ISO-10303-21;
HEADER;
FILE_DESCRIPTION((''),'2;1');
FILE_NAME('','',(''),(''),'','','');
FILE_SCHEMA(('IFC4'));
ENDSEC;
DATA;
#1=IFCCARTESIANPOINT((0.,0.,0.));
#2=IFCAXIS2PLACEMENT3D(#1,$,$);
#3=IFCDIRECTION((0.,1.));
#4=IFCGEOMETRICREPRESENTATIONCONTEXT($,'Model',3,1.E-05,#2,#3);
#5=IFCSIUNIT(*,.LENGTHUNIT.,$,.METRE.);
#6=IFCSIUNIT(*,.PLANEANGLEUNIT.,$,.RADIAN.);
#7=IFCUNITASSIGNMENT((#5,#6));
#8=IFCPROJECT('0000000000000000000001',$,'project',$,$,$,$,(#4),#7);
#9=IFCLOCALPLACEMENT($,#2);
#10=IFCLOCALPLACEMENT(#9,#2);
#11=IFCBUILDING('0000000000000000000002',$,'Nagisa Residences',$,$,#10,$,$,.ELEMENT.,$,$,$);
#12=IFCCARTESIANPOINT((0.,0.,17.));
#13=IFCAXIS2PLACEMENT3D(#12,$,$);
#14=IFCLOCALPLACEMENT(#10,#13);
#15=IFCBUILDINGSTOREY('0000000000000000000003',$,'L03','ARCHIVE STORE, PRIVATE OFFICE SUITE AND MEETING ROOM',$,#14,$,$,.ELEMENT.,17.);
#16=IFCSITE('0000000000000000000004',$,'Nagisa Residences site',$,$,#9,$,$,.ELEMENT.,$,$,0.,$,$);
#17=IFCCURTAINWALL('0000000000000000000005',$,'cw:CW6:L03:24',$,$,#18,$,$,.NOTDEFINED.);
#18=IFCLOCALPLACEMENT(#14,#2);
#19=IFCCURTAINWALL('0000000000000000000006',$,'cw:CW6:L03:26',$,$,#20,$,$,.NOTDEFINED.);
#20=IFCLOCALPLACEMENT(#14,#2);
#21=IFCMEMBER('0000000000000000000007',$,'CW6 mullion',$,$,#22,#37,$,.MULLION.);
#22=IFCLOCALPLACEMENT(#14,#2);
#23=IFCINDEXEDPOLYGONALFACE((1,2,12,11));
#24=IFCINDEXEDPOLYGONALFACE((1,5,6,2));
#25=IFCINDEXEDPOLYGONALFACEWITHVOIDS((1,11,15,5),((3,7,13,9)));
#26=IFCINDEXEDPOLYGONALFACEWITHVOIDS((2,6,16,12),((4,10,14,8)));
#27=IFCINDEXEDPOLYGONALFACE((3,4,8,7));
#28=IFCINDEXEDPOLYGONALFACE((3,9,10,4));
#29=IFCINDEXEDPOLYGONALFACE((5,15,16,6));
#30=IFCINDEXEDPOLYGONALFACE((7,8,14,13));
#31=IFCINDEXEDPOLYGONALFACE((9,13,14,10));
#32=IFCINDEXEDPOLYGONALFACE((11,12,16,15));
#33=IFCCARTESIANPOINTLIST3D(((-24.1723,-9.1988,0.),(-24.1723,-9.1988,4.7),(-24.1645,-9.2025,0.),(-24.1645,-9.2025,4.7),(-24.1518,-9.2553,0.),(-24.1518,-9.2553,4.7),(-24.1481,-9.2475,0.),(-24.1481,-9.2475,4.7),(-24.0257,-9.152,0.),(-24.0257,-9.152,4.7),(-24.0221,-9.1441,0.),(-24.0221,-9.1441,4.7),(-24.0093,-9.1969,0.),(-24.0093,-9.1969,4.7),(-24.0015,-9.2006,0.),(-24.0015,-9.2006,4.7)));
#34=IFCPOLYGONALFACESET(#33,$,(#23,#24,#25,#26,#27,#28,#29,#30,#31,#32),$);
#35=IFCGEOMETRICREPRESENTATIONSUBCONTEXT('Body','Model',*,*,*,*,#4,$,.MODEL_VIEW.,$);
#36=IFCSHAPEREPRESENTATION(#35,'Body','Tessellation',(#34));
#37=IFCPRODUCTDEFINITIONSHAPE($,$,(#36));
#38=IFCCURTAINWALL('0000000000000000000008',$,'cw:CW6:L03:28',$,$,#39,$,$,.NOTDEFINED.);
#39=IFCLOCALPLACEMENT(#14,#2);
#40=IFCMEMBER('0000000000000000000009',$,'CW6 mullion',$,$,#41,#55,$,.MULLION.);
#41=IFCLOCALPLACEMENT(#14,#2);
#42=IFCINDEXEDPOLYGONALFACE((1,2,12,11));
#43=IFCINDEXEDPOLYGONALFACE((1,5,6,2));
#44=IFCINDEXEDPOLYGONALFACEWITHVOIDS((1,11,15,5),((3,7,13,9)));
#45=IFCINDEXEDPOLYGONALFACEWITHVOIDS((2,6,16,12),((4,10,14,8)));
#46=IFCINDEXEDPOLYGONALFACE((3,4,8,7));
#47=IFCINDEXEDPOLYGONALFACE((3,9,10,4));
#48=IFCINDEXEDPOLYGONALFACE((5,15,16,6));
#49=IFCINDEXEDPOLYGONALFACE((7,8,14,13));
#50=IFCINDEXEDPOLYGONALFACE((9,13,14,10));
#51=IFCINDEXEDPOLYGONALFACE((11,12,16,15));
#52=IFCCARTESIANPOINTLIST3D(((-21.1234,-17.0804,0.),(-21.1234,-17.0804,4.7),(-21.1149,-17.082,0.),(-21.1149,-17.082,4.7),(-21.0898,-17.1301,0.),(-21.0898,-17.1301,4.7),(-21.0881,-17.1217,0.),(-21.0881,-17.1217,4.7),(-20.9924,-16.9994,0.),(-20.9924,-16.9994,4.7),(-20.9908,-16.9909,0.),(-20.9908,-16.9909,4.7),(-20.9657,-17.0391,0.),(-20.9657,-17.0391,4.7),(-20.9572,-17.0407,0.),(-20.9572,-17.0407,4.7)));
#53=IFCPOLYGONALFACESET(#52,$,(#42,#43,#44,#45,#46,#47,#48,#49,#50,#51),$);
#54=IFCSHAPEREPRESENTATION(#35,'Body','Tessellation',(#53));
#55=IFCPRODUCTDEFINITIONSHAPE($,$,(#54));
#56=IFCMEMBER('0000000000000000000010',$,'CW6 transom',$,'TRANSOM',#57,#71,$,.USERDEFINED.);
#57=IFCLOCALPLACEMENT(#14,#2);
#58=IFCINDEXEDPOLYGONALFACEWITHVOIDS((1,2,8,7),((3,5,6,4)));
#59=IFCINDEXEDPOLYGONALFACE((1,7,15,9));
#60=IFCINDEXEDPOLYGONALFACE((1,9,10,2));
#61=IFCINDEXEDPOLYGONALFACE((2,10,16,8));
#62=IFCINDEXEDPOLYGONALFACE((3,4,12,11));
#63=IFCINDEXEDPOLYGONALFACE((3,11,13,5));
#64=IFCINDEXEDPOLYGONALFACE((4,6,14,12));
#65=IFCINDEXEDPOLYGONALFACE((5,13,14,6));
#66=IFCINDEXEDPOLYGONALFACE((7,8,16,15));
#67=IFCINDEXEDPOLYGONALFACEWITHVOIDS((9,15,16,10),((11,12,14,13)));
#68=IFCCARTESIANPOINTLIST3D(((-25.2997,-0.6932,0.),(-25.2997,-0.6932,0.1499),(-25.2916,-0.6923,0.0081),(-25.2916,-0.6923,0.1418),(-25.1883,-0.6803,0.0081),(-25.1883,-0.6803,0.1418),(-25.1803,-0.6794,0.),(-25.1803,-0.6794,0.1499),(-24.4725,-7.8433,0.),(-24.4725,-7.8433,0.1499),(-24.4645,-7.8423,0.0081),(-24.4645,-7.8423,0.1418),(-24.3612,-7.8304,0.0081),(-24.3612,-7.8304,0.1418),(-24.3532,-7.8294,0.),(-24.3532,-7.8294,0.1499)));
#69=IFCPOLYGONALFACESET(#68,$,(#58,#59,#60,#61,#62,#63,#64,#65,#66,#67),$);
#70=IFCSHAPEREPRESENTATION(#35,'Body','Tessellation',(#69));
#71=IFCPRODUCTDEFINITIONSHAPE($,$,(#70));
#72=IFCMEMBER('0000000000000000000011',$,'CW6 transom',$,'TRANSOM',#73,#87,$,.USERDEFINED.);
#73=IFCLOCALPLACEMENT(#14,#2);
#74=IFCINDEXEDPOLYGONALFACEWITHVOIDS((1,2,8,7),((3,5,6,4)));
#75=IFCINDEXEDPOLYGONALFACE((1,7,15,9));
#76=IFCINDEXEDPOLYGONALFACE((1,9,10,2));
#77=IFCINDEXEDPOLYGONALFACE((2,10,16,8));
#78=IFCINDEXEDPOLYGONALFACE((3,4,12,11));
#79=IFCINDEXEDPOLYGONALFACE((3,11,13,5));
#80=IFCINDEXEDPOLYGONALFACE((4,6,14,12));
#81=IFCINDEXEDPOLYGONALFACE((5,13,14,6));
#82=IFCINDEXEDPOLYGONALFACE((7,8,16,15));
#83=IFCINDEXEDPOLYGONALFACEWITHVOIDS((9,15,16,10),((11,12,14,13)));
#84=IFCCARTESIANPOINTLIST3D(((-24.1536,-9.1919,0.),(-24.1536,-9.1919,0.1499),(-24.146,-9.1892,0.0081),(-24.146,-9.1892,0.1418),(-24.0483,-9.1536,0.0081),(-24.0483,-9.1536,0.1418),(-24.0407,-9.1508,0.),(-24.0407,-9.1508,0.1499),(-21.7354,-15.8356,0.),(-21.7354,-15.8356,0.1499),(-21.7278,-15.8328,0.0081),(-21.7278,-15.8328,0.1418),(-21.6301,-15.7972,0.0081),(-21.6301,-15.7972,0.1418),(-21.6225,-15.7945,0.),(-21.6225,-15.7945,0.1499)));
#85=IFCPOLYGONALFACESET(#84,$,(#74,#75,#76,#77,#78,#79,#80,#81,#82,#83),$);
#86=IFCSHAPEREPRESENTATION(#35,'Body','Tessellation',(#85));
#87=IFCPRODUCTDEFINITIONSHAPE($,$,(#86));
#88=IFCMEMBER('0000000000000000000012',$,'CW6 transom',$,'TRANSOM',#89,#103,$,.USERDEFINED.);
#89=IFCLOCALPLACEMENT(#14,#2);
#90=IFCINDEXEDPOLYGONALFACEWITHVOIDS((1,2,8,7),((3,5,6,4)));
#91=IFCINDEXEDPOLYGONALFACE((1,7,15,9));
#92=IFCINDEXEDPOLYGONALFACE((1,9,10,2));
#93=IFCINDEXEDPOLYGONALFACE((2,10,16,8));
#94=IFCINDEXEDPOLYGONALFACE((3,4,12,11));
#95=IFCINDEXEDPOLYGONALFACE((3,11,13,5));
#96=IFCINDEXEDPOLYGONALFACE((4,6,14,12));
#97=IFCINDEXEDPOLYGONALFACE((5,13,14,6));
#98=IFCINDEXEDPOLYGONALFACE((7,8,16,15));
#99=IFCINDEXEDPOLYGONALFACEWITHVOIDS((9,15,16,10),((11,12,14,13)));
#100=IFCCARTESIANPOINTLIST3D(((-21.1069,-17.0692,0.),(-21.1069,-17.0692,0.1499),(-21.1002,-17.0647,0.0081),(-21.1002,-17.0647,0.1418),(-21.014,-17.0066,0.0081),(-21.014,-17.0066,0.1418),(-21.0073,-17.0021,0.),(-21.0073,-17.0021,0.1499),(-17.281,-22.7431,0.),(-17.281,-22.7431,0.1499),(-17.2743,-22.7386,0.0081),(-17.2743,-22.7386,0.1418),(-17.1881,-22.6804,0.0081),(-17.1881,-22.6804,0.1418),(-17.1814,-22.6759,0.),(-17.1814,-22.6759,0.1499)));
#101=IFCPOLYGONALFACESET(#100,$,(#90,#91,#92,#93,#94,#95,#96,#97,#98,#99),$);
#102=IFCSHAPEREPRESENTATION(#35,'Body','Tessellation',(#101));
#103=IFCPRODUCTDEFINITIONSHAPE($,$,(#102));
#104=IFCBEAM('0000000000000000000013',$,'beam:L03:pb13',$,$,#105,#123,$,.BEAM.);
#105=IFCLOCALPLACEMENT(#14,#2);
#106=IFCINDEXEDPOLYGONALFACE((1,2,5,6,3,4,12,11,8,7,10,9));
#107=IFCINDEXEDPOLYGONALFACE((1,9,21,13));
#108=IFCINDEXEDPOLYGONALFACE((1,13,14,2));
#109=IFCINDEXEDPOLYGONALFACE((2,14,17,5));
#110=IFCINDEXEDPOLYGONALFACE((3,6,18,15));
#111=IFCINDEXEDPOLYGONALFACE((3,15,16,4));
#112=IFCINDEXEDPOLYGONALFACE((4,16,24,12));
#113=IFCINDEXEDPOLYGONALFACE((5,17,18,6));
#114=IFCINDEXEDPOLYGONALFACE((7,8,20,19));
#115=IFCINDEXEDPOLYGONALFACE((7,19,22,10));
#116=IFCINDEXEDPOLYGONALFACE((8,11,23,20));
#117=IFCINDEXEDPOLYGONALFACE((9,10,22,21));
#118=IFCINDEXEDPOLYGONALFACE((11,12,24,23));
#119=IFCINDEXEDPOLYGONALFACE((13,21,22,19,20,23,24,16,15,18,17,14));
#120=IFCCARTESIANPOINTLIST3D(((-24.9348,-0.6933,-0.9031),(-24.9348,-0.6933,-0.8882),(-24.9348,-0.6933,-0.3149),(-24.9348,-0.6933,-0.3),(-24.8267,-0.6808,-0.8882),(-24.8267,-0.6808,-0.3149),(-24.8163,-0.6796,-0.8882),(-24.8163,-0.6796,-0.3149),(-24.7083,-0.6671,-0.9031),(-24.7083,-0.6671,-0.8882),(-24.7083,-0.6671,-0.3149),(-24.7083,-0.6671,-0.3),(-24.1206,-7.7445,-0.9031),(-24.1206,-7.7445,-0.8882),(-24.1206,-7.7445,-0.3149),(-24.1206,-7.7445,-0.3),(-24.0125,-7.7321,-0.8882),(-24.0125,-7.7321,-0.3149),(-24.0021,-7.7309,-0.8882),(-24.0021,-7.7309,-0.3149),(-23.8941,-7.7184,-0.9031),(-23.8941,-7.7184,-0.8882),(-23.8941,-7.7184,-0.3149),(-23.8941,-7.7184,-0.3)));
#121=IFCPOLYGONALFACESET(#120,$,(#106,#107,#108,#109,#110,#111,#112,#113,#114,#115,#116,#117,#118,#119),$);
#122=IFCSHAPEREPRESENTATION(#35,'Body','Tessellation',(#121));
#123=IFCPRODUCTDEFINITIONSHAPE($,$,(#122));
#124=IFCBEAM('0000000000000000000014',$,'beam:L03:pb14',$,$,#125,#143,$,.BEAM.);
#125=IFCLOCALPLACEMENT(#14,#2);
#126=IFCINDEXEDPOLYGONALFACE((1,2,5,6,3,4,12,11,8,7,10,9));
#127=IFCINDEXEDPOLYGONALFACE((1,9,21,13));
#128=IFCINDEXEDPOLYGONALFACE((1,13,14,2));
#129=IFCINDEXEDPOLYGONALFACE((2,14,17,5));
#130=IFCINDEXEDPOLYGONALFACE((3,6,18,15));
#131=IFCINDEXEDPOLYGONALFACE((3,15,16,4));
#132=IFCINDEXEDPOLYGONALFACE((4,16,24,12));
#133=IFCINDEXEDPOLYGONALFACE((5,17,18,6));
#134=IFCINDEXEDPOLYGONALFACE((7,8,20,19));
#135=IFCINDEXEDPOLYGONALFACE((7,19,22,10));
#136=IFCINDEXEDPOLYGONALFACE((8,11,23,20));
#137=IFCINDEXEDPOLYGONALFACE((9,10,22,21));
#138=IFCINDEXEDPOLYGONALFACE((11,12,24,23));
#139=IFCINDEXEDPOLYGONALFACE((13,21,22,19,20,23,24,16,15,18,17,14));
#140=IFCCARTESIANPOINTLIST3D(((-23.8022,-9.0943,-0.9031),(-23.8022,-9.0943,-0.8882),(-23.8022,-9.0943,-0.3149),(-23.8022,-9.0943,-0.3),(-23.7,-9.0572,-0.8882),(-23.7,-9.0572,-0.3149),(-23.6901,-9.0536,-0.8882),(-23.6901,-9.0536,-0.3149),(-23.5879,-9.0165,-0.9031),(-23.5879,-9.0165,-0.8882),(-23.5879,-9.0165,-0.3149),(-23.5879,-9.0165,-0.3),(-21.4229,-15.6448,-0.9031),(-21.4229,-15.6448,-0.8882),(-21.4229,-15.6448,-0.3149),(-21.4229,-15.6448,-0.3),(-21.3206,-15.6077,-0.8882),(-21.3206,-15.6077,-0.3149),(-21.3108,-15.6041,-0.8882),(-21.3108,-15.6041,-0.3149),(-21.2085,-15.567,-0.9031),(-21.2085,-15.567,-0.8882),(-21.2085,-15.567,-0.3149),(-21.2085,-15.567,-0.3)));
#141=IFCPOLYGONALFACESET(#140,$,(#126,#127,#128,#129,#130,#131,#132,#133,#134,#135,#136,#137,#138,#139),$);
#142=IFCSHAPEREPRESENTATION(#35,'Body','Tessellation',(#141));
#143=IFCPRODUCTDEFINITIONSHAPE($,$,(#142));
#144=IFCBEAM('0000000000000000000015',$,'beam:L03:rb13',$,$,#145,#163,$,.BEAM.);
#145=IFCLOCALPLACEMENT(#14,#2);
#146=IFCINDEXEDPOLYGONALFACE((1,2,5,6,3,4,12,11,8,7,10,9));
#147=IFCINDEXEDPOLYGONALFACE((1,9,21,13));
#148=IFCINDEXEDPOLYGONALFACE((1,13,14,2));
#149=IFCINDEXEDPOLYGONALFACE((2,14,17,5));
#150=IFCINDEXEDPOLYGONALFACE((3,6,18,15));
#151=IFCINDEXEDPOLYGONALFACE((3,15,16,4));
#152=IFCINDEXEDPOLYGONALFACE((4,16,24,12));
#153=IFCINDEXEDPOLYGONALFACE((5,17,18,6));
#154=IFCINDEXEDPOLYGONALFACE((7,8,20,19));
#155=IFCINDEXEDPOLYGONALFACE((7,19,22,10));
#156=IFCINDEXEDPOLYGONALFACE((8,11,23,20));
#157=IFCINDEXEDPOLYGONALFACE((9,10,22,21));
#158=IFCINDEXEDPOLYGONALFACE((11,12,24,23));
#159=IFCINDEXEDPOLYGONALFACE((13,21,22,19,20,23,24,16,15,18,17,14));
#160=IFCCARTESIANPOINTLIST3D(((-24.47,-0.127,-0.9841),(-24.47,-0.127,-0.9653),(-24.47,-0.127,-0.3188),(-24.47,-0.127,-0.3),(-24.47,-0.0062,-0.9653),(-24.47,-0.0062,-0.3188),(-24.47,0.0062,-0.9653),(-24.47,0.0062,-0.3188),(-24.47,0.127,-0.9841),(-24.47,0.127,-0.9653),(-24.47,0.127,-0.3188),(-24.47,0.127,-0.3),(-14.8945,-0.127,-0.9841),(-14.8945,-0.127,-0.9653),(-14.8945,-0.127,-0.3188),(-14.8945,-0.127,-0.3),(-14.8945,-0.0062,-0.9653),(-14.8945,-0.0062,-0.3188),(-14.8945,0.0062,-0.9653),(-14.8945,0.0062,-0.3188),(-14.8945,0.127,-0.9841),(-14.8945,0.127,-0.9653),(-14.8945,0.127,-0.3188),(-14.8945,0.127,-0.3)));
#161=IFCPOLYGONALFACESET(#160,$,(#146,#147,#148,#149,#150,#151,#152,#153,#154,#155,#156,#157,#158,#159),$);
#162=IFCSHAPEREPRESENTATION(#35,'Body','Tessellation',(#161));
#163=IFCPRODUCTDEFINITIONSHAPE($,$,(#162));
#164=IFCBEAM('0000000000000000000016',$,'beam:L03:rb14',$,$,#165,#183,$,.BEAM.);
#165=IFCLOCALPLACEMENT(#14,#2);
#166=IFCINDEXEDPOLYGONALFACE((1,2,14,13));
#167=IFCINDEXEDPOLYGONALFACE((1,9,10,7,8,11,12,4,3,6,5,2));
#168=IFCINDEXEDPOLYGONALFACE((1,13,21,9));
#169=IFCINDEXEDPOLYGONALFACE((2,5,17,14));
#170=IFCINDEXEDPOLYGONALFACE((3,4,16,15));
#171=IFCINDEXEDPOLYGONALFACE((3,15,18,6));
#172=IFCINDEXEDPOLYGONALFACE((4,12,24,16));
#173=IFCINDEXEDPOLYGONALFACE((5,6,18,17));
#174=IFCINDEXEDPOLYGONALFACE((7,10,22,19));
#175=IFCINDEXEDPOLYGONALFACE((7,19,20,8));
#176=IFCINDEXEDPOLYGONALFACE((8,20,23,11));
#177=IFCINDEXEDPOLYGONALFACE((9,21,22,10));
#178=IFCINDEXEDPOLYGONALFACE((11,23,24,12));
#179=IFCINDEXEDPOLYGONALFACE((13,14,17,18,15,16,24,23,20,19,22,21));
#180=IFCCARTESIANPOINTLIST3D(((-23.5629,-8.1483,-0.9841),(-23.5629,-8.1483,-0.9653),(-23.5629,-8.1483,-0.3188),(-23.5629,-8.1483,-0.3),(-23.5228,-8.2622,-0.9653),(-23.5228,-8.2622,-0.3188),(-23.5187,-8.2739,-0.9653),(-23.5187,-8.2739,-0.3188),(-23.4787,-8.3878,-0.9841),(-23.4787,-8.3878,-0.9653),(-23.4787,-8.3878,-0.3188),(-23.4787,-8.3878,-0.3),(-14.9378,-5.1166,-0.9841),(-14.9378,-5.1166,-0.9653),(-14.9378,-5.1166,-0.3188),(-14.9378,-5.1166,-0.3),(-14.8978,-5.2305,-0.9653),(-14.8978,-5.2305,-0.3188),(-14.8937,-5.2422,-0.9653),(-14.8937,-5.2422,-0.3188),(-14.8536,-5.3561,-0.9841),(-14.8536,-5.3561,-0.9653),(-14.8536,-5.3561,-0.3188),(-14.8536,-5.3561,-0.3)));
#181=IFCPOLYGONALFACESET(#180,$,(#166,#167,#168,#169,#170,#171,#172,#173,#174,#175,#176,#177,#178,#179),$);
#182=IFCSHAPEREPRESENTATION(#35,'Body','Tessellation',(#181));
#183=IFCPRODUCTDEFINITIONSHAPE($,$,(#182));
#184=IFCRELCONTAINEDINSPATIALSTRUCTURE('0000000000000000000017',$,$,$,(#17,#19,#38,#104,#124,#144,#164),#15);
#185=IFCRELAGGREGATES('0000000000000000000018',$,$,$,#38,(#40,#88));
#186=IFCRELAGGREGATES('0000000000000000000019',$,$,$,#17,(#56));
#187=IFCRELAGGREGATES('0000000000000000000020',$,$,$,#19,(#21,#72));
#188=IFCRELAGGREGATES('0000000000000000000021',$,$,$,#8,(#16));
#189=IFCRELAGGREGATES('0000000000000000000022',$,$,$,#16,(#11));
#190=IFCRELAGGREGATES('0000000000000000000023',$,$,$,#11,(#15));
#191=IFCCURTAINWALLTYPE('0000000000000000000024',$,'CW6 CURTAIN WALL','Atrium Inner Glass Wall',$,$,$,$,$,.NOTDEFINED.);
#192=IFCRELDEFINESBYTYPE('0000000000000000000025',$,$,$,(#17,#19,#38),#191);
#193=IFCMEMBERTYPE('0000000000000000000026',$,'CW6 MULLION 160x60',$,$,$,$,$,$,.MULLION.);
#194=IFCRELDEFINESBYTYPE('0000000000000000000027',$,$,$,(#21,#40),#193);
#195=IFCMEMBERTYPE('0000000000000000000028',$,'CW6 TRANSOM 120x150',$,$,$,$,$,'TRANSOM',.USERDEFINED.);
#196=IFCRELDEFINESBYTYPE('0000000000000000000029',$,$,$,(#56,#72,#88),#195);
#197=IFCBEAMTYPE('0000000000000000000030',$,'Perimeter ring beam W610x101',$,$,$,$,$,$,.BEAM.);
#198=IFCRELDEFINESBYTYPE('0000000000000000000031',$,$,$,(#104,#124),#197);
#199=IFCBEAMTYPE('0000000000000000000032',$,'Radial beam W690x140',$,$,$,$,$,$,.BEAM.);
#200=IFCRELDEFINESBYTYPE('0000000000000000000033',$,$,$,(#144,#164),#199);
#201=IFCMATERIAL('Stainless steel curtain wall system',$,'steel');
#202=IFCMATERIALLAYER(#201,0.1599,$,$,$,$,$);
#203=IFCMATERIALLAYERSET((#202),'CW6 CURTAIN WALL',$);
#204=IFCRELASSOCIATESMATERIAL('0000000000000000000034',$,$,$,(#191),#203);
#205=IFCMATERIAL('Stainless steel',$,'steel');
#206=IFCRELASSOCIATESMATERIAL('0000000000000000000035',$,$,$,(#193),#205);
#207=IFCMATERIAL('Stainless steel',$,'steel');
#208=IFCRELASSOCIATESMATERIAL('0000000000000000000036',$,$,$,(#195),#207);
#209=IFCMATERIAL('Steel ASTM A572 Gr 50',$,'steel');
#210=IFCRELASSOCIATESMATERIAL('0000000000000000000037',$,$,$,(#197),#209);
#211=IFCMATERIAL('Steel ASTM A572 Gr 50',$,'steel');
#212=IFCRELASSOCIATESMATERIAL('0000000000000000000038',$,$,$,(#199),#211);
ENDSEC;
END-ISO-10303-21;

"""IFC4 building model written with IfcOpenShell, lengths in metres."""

from ifc_helpers import new_model, si_unit, direction, frame, origin, origin_2d, place, context, subcontext, project, spatial, hollow_rectangle, i_section, extrude, material, layer, layer_set, material_profile, profile_set, type_object, element, aggregate, save


model = new_model("IFC4")

# Units and contexts
model_context = context("Model", 3, precision=1e-05, world=origin(), true_north=direction((0.0, 1.0)))
body_context = subcontext(model_context, "Body", "Model", "MODEL_VIEW")
ifc_project = project(units=[si_unit("LENGTHUNIT", "METRE"), si_unit("PLANEANGLEUNIT", "RADIAN")], contexts=[model_context])

# Site, building, storey
site_placement = place(None, origin())
site = spatial("IfcSite", under=ifc_project, at=site_placement, Name="Nagisa Residences site", CompositionType="ELEMENT", RefElevation=0.0)
building_placement = place(site_placement, origin())
building = spatial("IfcBuilding", under=site, at=building_placement, Name="Nagisa Residences", CompositionType="ELEMENT")
storey_placement = place(building_placement, frame((0.0, 0.0, 17.0)))
storey = spatial("IfcBuildingStorey", under=building, at=storey_placement, Name="L03", Description="ARCHIVE STORE, PRIVATE OFFICE SUITE AND MEETING ROOM", CompositionType="ELEMENT", Elevation=17.0)

# Curtain walls, members
ifc_material_1 = material(Name="Stainless steel curtain wall system", Category="steel")
ifc_layer_1 = layer(ifc_material_1, 0.1599)
ifc_layer_set_1 = layer_set([ifc_layer_1], Name="CW6 CURTAIN WALL")
curtain_wall_type_1 = type_object("IfcCurtainWallType", Name="CW6 CURTAIN WALL", Description="Atrium Inner Glass Wall", PredefinedType="NOTDEFINED", material=ifc_layer_set_1)
curtain_wall_1_placement = place(storey_placement, origin())
curtain_wall_1 = element("IfcCurtainWall", 1, at=curtain_wall_1_placement, inside=storey, type_object=curtain_wall_type_1, Name="cw:CW6:L03:24", PredefinedType="NOTDEFINED")
ifc_material_2 = material(Name="Stainless steel", Category="steel")
ifc_material_profile_1 = material_profile(ifc_material_2, hollow_rectangle(XDim=0.1599, YDim=0.0601, WallThickness=0.0061, at=origin_2d()), Name="CW6 MULLION 160x60")
ifc_profile_set_1 = profile_set([ifc_material_profile_1], Name="Stainless steel")
member_type_1 = type_object("IfcMemberType", Name="CW6 MULLION 160x60", PredefinedType="MULLION", material=ifc_profile_set_1)
curtain_wall_2_placement = place(storey_placement, origin())
curtain_wall_2 = element("IfcCurtainWall", 2, at=curtain_wall_2_placement, inside=storey, type_object=curtain_wall_type_1, Name="cw:CW6:L03:26", PredefinedType="NOTDEFINED")
member_1_placement = place(storey_placement, frame((-24.0869, -9.1997, 0.0), z_axis=(0.0, 0.0, 1.0), x_axis=(0.939682, 0.34205, 0.0)))
member_1 = element("IfcMember", 3, at=member_1_placement, type_object=member_type_1, Name="CW6 mullion", PredefinedType="MULLION", context=body_context, shape_type="SweptSolid", body=[
    extrude(hollow_rectangle(XDim=0.1599, YDim=0.0601, WallThickness=0.0061, at=origin_2d()), origin(), (0.0, 0.0, 1.0), 4.7),
])
curtain_wall_3_placement = place(storey_placement, origin())
curtain_wall_3 = element("IfcCurtainWall", 4, at=curtain_wall_3_placement, inside=storey, type_object=curtain_wall_type_1, Name="cw:CW6:L03:28", PredefinedType="NOTDEFINED")
member_2_placement = place(storey_placement, frame((-21.0403, -17.0605, 0.0), z_axis=(0.0, 0.0, 1.0), x_axis=(0.829111, 0.559084, 0.0)))
member_2 = element("IfcMember", 5, at=member_2_placement, type_object=member_type_1, Name="CW6 mullion", PredefinedType="MULLION", context=body_context, shape_type="SweptSolid", body=[
    extrude(hollow_rectangle(XDim=0.1599, YDim=0.0601, WallThickness=0.0061, at=origin_2d()), origin(), (0.0, 0.0, 1.0), 4.7),
])

# Members
ifc_material_3 = material(Name="Stainless steel", Category="steel")
ifc_material_profile_2 = material_profile(ifc_material_3, hollow_rectangle(XDim=0.1201, YDim=0.1499, WallThickness=0.0081, at=origin_2d()), Name="CW6 TRANSOM 120x150")
ifc_profile_set_2 = profile_set([ifc_material_profile_2], Name="Stainless steel")
member_type_2 = type_object("IfcMemberType", Name="CW6 TRANSOM 120x150", ElementType="TRANSOM", PredefinedType="USERDEFINED", material=ifc_profile_set_2)
member_3_placement = place(storey_placement, frame((-25.24, -0.6863, 0.075), z_axis=(0.114916, -0.993375, 0.0), x_axis=(0.993375, 0.114916, 0.0)))
member_3 = element("IfcMember", 6, at=member_3_placement, type_object=member_type_2, Name="CW6 transom", ObjectType="TRANSOM", PredefinedType="USERDEFINED", context=body_context, shape_type="SweptSolid", body=[
    extrude(hollow_rectangle(XDim=0.1201, YDim=0.1499, WallThickness=0.0081, at=origin_2d()), origin(), (0.0, 0.0, 1.0), 7.1978),
])
member_4_placement = place(storey_placement, frame((-24.0972, -9.1714, 0.075), z_axis=(0.34204, -0.939685, 0.0), x_axis=(0.939685, 0.34204, 0.0)))
member_4 = element("IfcMember", 7, at=member_4_placement, type_object=member_type_2, Name="CW6 transom", ObjectType="TRANSOM", PredefinedType="USERDEFINED", context=body_context, shape_type="SweptSolid", body=[
    extrude(hollow_rectangle(XDim=0.1201, YDim=0.1499, WallThickness=0.0081, at=origin_2d()), origin(), (0.0, 0.0, 1.0), 7.0701),
])
member_5_placement = place(storey_placement, frame((-21.0571, -17.0356, 0.075), z_axis=(0.559081, -0.829113, 0.0), x_axis=(0.829113, 0.559081, 0.0)))
member_5 = element("IfcMember", 8, at=member_5_placement, type_object=member_type_2, Name="CW6 transom", ObjectType="TRANSOM", PredefinedType="USERDEFINED", context=body_context, shape_type="SweptSolid", body=[
    extrude(hollow_rectangle(XDim=0.1201, YDim=0.1499, WallThickness=0.0081, at=origin_2d()), origin(), (0.0, 0.0, 1.0), 6.8433),
])
aggregate(curtain_wall_3, [member_2, member_5])

# Beams
ifc_material_4 = material(Name="Steel ASTM A572 Gr 50", Category="steel")
ifc_material_profile_3 = material_profile(ifc_material_4, i_section(OverallWidth=0.228, OverallDepth=0.603, WebThickness=0.0105, FlangeThickness=0.0149, at=origin_2d()), Name="W610x101")
ifc_profile_set_3 = profile_set([ifc_material_profile_3], Name="Steel ASTM A572 Gr 50")
beam_type_1 = type_object("IfcBeamType", Name="Perimeter ring beam W610x101", PredefinedType="BEAM", material=ifc_profile_set_3)
beam_1_placement = place(storey_placement, frame((-24.8215, -0.6802, -0.6016), z_axis=(0.114708, -0.993399, 0.0), x_axis=(0.993399, 0.114708, 0.0)))
element("IfcBeam", 9, at=beam_1_placement, inside=storey, type_object=beam_type_1, Name="beam:L03:pb13", PredefinedType="BEAM", context=body_context, shape_type="SweptSolid", body=[
    extrude(i_section(OverallWidth=0.228, OverallDepth=0.603, WebThickness=0.0105, FlangeThickness=0.0149, at=origin_2d()), origin(), (0.0, 0.0, 1.0), 7.0981),
])
beam_2_placement = place(storey_placement, frame((-23.6951, -9.0554, -0.6016), z_axis=(0.341411, -0.939914, 0.0), x_axis=(0.939914, 0.341411, 0.0)))
element("IfcBeam", 10, at=beam_2_placement, inside=storey, type_object=beam_type_1, Name="beam:L03:pb14", PredefinedType="BEAM", context=body_context, shape_type="SweptSolid", body=[
    extrude(i_section(OverallWidth=0.228, OverallDepth=0.603, WebThickness=0.0105, FlangeThickness=0.0149, at=origin_2d()), origin(), (0.0, 0.0, 1.0), 6.9692),
])
ifc_material_5 = material(Name="Steel ASTM A572 Gr 50", Category="steel")
ifc_material_profile_4 = material_profile(ifc_material_5, i_section(OverallWidth=0.2539, OverallDepth=0.6841, WebThickness=0.0125, FlangeThickness=0.0188, at=origin_2d()), Name="W690x140")
ifc_profile_set_4 = profile_set([ifc_material_profile_4], Name="Steel ASTM A572 Gr 50")
beam_type_2 = type_object("IfcBeamType", Name="Radial beam W690x140", PredefinedType="BEAM", material=ifc_profile_set_4)
beam_3_placement = place(storey_placement, frame((-24.47, 0.0, -0.6421), z_axis=(1.0, 0.0, 0.0), x_axis=(0.0, 1.0, 0.0)))
element("IfcBeam", 11, at=beam_3_placement, inside=storey, type_object=beam_type_2, Name="beam:L03:rb13", PredefinedType="BEAM", context=body_context, shape_type="SweptSolid", body=[
    extrude(i_section(OverallWidth=0.2539, OverallDepth=0.6841, WebThickness=0.0125, FlangeThickness=0.0188, at=origin_2d()), origin(), (0.0, 0.0, 1.0), 9.5754),
])
beam_4_placement = place(storey_placement, frame((-23.5208, -8.2681, -0.6421), z_axis=(0.943415, 0.331616, 0.0), x_axis=(-0.331616, 0.943415, 0.0)))
element("IfcBeam", 12, at=beam_4_placement, inside=storey, type_object=beam_type_2, Name="beam:L03:rb14", PredefinedType="BEAM", context=body_context, shape_type="SweptSolid", body=[
    extrude(i_section(OverallWidth=0.2539, OverallDepth=0.6841, WebThickness=0.0125, FlangeThickness=0.0188, at=origin_2d()), origin(), (0.0, 0.0, 1.0), 9.1423),
])

aggregate(curtain_wall_1, [member_3])
aggregate(curtain_wall_2, [member_1, member_4])

save(model, "model.ifc")
